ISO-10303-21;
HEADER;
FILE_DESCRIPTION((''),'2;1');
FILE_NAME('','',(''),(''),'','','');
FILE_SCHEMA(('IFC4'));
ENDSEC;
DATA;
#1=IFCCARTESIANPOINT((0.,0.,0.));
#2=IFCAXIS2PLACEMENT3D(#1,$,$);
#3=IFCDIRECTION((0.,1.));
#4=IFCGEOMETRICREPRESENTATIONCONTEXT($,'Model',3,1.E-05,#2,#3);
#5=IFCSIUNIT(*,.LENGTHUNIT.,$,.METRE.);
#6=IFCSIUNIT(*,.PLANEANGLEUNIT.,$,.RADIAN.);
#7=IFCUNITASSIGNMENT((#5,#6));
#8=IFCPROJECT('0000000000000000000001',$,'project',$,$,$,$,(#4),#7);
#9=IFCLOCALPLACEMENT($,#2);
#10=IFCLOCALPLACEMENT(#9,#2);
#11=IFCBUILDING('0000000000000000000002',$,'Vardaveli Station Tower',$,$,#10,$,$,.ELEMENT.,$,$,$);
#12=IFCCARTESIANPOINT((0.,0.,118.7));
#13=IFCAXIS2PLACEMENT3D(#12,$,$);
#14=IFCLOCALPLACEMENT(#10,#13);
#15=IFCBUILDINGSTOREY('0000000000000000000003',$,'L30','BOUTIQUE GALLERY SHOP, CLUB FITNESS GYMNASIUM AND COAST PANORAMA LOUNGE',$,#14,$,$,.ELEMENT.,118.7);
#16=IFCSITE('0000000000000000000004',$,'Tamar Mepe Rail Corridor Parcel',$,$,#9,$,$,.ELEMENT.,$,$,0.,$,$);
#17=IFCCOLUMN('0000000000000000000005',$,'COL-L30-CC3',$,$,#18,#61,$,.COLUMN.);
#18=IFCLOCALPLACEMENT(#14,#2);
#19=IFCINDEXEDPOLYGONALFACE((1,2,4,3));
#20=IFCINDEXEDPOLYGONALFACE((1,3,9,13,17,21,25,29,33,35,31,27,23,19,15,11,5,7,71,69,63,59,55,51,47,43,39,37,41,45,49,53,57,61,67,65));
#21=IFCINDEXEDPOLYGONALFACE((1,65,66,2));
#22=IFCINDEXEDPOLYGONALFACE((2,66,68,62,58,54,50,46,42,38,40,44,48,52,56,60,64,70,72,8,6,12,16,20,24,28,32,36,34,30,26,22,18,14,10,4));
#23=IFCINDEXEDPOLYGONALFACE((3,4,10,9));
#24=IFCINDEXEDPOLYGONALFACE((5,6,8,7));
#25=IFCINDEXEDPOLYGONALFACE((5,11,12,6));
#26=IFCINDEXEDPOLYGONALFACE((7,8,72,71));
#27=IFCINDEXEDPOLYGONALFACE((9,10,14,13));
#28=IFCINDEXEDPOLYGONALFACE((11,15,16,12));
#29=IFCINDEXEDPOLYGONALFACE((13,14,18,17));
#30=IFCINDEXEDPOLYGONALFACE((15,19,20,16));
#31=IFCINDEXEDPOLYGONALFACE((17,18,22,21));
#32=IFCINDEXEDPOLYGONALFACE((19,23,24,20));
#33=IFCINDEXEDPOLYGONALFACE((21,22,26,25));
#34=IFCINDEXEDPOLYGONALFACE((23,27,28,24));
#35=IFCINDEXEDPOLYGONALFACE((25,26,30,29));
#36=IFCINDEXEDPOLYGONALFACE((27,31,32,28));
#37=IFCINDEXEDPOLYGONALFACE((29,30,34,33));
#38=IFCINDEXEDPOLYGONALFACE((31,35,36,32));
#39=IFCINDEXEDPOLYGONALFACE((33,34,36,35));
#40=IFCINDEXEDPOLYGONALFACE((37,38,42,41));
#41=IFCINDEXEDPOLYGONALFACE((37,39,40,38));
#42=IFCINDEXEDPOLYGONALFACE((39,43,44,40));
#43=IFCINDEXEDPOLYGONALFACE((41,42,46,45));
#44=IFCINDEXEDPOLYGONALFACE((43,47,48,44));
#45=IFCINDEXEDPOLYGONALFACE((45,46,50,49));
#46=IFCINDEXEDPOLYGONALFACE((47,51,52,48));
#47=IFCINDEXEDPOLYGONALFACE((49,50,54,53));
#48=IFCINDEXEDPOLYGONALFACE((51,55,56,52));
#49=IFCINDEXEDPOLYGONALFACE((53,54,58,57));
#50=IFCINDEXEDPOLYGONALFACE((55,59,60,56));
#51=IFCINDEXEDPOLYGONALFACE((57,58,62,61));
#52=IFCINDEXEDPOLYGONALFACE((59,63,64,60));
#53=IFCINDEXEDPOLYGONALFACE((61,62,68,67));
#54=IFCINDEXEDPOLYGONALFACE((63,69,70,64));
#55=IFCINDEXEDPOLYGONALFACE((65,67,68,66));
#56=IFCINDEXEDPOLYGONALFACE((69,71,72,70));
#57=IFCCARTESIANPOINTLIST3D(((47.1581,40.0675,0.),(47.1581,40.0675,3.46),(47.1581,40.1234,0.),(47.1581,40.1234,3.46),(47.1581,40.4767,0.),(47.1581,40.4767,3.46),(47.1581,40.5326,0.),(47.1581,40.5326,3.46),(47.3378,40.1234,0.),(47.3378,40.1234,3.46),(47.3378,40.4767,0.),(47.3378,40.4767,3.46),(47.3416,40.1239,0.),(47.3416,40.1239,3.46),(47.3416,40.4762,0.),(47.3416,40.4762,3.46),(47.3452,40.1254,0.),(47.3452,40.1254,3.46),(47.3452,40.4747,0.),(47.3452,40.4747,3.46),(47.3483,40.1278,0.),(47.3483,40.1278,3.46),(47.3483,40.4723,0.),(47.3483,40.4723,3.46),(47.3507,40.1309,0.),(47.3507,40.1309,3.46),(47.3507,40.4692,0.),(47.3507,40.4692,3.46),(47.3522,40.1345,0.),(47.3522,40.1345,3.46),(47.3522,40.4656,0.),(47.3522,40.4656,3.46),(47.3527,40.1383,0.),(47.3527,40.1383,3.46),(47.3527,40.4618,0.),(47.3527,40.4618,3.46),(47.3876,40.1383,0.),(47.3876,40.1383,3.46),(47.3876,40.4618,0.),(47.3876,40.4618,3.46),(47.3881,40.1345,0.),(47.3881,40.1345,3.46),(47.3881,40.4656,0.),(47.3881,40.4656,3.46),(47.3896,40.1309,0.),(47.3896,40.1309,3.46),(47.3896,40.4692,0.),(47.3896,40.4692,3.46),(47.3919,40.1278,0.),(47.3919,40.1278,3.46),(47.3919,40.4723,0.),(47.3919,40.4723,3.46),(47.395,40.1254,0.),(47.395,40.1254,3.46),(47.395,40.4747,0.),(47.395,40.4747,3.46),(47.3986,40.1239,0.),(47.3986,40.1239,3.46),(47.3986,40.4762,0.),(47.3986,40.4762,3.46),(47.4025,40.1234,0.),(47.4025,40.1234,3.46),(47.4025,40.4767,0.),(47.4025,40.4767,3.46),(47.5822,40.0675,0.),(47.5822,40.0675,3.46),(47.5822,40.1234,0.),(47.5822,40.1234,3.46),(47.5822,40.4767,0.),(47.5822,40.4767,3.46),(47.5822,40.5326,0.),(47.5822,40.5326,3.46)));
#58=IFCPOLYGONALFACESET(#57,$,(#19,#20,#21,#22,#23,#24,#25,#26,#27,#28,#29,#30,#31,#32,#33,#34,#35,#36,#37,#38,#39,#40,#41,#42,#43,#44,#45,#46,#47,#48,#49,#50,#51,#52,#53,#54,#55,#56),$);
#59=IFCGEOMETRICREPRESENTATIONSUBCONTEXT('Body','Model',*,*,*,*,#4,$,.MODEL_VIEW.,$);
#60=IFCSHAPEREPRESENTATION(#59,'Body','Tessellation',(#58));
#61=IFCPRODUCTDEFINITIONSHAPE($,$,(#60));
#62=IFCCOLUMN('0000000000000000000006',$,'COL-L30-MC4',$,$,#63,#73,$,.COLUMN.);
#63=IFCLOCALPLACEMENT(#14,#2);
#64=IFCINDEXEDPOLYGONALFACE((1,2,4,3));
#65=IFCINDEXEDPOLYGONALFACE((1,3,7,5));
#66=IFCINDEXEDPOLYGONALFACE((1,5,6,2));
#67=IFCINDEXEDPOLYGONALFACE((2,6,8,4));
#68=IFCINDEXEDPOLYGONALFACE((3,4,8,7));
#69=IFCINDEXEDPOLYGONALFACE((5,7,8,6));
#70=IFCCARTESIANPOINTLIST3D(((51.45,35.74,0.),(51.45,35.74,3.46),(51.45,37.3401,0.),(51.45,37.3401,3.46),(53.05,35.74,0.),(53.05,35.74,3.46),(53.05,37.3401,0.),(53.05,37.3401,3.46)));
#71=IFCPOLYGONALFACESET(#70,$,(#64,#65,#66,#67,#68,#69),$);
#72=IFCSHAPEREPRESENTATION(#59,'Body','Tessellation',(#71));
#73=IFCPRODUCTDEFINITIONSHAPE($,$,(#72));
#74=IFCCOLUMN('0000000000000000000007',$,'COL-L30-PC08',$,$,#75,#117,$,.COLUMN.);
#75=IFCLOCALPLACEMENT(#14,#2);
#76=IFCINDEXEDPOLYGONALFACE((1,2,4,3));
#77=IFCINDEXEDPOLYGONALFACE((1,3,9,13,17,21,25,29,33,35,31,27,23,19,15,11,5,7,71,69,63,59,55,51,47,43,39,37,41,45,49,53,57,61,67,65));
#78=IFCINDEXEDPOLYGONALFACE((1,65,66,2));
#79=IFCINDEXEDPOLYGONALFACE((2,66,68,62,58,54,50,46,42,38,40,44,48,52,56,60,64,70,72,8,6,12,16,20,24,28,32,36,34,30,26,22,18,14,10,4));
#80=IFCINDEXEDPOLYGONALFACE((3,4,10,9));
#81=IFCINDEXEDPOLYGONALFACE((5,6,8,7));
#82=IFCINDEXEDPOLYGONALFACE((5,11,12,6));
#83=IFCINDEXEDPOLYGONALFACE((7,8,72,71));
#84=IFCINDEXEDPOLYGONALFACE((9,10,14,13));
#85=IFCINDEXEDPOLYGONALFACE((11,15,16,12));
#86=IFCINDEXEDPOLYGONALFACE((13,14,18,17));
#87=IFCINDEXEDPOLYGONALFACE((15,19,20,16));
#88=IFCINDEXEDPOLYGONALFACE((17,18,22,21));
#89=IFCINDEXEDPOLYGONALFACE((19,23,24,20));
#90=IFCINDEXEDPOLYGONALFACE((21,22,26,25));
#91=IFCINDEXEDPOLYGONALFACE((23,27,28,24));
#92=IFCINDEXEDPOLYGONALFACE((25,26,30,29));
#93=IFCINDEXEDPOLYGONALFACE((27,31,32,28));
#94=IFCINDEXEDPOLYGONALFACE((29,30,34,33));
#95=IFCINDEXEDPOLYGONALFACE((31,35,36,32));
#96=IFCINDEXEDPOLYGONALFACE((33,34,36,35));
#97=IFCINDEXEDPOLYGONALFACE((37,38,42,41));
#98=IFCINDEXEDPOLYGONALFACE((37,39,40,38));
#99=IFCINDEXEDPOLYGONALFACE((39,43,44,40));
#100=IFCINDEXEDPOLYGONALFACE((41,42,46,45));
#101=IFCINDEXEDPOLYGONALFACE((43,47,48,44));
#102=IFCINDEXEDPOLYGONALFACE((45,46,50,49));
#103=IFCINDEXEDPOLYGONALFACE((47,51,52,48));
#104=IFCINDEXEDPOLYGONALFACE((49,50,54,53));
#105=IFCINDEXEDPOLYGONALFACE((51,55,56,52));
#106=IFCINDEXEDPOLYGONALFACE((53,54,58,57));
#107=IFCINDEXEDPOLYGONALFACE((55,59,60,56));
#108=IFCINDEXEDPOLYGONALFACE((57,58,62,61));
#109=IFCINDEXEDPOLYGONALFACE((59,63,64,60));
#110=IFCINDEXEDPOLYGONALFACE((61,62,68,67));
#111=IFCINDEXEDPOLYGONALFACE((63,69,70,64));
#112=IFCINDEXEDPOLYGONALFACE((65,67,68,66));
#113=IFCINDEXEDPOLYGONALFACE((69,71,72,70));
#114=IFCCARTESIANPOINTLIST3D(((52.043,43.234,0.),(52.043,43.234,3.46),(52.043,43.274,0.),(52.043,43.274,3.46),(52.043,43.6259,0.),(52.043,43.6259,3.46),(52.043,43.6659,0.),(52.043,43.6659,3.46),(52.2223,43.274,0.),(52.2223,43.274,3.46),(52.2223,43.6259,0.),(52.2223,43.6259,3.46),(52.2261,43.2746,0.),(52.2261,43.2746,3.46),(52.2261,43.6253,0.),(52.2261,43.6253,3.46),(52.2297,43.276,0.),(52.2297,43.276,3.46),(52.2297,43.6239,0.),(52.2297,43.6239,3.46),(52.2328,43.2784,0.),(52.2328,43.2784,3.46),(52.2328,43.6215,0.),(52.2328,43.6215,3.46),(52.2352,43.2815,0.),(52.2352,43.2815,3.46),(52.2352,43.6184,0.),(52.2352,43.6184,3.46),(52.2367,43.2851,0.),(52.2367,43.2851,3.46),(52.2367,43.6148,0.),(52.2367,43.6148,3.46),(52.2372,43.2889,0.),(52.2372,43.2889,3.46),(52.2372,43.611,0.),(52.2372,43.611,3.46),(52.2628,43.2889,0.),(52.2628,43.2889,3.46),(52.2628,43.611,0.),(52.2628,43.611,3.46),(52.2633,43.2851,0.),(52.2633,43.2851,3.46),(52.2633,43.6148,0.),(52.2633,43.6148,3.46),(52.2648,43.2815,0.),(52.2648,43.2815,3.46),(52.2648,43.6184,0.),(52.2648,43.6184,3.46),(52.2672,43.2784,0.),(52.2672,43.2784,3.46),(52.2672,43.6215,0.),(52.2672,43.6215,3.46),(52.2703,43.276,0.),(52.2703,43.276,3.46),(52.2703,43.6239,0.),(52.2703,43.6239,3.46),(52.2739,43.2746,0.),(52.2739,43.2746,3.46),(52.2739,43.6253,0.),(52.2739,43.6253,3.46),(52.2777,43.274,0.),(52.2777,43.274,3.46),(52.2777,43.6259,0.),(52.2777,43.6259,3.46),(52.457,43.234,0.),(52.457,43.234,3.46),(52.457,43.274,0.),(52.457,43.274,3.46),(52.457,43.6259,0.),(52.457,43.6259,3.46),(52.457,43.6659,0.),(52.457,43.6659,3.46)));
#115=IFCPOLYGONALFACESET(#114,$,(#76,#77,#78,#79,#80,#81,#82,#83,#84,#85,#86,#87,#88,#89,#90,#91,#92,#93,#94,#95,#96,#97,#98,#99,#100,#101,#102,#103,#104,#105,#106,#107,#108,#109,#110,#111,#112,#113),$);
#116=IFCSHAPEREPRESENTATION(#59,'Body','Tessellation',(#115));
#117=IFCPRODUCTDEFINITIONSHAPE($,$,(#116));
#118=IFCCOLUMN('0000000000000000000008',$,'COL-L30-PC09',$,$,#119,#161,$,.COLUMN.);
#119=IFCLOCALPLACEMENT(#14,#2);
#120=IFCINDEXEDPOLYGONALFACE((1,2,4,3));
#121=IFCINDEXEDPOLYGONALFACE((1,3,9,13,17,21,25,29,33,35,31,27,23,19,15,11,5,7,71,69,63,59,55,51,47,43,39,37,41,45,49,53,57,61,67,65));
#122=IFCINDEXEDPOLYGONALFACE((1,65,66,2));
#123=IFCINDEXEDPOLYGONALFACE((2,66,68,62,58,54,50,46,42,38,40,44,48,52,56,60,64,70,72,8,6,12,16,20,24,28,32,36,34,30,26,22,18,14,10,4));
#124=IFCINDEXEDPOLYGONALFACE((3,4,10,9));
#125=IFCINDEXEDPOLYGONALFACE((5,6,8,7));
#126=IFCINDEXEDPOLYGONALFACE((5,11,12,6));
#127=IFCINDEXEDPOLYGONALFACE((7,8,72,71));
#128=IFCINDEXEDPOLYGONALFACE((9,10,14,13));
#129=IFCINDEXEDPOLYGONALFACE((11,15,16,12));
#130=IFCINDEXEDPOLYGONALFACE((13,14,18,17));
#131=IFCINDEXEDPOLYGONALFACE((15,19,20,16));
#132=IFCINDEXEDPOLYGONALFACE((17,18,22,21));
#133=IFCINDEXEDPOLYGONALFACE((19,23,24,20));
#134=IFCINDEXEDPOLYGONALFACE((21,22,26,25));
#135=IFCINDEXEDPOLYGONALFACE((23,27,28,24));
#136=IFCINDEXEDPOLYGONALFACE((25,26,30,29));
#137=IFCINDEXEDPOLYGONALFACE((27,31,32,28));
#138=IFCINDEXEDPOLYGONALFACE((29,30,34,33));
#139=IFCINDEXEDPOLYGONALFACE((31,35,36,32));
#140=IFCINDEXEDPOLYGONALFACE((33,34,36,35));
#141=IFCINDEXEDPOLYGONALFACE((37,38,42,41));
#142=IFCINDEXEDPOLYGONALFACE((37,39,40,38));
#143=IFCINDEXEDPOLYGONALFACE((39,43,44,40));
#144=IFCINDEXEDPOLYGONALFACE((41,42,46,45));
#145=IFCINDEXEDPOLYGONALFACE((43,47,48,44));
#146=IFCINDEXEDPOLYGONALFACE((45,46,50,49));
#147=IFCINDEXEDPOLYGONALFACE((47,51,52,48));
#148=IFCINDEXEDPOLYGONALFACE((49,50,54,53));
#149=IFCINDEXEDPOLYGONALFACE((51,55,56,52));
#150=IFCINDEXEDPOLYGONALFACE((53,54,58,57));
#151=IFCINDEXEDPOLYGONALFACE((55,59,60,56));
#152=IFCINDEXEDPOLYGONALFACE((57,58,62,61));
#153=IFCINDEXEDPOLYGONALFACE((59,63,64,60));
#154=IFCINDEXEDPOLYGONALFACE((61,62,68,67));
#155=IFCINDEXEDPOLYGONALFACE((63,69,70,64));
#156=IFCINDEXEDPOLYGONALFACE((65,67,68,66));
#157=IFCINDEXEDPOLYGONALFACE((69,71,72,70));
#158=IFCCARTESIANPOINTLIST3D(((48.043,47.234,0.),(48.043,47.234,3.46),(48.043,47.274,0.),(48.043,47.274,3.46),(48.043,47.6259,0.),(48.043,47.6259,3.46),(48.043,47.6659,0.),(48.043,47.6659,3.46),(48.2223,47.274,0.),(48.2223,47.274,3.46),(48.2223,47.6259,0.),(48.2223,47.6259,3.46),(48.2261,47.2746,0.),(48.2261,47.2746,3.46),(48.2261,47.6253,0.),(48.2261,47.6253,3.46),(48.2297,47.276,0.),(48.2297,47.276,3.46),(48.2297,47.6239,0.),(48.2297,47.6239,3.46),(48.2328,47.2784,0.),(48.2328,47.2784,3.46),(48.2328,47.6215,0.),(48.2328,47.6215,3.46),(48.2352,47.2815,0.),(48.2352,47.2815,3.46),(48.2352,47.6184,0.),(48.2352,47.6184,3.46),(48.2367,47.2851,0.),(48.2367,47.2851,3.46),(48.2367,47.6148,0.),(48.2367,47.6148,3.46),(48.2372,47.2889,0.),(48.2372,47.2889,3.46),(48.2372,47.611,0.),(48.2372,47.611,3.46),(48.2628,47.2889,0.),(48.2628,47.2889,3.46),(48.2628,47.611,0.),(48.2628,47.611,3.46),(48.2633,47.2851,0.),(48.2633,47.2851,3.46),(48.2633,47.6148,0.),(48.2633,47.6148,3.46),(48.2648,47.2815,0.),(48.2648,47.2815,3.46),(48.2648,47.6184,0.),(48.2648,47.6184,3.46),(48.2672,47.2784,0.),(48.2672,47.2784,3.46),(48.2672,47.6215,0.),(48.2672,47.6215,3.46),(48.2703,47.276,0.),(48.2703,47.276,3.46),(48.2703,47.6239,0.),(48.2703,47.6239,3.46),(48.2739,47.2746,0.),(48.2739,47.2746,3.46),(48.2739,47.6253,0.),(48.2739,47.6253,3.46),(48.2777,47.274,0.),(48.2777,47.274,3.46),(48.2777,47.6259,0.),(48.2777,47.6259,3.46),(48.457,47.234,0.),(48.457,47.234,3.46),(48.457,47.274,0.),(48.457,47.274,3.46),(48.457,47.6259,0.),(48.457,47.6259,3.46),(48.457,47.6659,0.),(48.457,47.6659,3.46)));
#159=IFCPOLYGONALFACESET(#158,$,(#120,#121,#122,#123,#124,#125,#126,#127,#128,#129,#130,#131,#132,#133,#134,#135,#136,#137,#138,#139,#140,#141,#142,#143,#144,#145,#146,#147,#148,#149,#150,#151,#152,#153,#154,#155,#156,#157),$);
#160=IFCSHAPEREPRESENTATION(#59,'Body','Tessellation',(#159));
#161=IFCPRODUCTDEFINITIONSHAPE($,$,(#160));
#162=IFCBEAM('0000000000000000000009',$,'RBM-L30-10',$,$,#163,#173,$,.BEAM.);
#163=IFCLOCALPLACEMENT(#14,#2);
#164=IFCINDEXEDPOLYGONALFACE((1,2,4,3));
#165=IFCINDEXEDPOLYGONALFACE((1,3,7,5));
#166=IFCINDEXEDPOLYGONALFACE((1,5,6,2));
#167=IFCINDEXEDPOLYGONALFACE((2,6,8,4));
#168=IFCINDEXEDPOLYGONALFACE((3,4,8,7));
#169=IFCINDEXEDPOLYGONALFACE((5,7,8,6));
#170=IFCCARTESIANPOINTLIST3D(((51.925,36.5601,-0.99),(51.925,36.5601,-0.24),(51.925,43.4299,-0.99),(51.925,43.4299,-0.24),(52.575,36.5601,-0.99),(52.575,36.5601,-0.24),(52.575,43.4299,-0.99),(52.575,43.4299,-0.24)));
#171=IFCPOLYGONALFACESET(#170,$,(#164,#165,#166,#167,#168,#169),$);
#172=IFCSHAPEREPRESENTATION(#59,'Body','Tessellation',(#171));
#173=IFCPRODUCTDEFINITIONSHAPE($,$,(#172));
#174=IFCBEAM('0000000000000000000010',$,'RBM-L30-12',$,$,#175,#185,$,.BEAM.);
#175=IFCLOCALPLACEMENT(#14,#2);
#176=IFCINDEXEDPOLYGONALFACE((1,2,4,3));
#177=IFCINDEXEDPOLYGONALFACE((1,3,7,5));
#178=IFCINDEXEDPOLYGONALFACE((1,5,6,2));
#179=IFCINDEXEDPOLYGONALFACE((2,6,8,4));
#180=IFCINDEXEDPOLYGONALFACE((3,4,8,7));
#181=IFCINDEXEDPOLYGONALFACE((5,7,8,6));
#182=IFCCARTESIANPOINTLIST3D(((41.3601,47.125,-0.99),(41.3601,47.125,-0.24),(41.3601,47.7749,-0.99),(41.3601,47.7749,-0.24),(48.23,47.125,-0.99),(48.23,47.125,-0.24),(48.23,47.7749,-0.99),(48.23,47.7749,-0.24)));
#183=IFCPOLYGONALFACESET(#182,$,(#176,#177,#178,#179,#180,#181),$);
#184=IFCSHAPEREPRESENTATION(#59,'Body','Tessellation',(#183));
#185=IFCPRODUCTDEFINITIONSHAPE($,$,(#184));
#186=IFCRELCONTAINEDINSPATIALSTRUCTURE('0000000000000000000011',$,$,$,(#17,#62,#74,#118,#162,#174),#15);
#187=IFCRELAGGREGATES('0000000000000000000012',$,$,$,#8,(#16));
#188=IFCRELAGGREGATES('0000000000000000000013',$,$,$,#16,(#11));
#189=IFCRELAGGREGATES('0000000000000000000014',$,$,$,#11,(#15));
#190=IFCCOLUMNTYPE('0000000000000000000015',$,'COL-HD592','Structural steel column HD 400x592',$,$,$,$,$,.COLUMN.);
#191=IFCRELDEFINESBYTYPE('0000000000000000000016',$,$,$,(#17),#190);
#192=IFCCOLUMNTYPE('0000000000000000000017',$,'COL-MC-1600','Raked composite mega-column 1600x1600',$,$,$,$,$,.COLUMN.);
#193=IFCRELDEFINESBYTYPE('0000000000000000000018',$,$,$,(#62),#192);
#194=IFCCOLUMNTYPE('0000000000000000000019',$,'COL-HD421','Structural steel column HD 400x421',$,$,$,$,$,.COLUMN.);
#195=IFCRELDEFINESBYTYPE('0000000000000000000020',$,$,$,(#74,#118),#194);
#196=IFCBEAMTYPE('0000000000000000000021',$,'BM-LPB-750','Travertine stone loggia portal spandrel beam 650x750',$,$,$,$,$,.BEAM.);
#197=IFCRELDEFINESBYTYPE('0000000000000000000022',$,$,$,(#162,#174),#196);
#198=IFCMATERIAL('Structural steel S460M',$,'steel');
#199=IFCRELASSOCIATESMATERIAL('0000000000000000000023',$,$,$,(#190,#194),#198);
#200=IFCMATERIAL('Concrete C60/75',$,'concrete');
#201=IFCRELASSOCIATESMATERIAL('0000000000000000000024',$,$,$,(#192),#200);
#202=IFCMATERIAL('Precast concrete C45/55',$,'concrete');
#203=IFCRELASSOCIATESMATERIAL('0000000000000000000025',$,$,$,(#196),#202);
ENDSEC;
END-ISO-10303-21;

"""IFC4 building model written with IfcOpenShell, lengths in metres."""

from ifc_helpers import new_model, si_unit, direction, frame, origin, origin_2d, place, context, subcontext, project, spatial, rectangle, i_section, extrude, source, transform, mapped, material, material_profile, profile_set, type_object, element, save


model = new_model("IFC4")

# Units and contexts
model_context = context("Model", 3, precision=1e-05, world=origin(), true_north=direction((0.0, 1.0)))
body_context = subcontext(model_context, "Body", "Model", "MODEL_VIEW")
ifc_project = project(units=[si_unit("LENGTHUNIT", "METRE"), si_unit("PLANEANGLEUNIT", "RADIAN")], contexts=[model_context])

# Site, building, storey
site_placement = place(None, origin())
site = spatial("IfcSite", under=ifc_project, at=site_placement, Name="Tamar Mepe Rail Corridor Parcel", CompositionType="ELEMENT", RefElevation=0.0)
building_placement = place(site_placement, origin())
building = spatial("IfcBuilding", under=site, at=building_placement, Name="Vardaveli Station Tower", CompositionType="ELEMENT")
storey_placement = place(building_placement, frame((0.0, 0.0, 118.7)))
storey = spatial("IfcBuildingStorey", under=building, at=storey_placement, Name="L30", Description="BOUTIQUE GALLERY SHOP, CLUB FITNESS GYMNASIUM AND COAST PANORAMA LOUNGE", CompositionType="ELEMENT", Elevation=118.7)

# Columns
ifc_material_1 = material(Name="Structural steel S460M", Category="steel")
ifc_material_profile_1 = material_profile(ifc_material_1, i_section(OverallWidth=0.4241, OverallDepth=0.4651, WebThickness=0.0349, FlangeThickness=0.0559, FilletRadius=0.0149, at=origin_2d()), Name="HD 400x592")
ifc_profile_set_1 = profile_set([ifc_material_profile_1], Name="Structural steel S460M")
column_type_1 = type_object("IfcColumnType", Name="COL-HD592", Description="Structural steel column HD 400x592", PredefinedType="COLUMN", material=ifc_profile_set_1)
shared_shape_1 = source(origin(), body_context, "Body", "SweptSolid", [
    extrude(i_section(OverallWidth=0.4241, OverallDepth=0.4651, WebThickness=0.0349, FlangeThickness=0.0559, FilletRadius=0.0149, at=origin_2d()), origin(), (0.0, 0.0, 1.0), 3.46),
])
column_1_placement = place(storey_placement, frame((47.3701, 40.3, 0.0), z_axis=(0.0, 0.0, 1.0), x_axis=(1.0, 0.0, 0.0)))
element("IfcColumn", 1, at=column_1_placement, inside=storey, type_object=column_type_1, Name="COL-L30-CC3", PredefinedType="COLUMN", context=body_context, shape_type="MappedRepresentation", body=[
    mapped(shared_shape_1, transform((0.0, 0.0, 0.0), scale=1.0)),
])
ifc_material_2 = material(Name="Concrete C60/75", Category="concrete")
ifc_material_profile_2 = material_profile(ifc_material_2, rectangle(XDim=1.6001, YDim=1.6001, at=origin_2d()), Name="MC 1600x1600")
ifc_profile_set_2 = profile_set([ifc_material_profile_2], Name="Concrete C60/75")
column_type_2 = type_object("IfcColumnType", Name="COL-MC-1600", Description="Raked composite mega-column 1600x1600", PredefinedType="COLUMN", material=ifc_profile_set_2)
shared_shape_2 = source(origin(), body_context, "Body", "SweptSolid", [
    extrude(rectangle(XDim=1.6001, YDim=1.6001, at=origin_2d()), origin(), (0.0, 0.0, 1.0), 3.46),
])
column_2_placement = place(storey_placement, frame((52.25, 36.54, 0.0), z_axis=(0.0, 0.0, 1.0), x_axis=(1.0, 0.0, 0.0)))
element("IfcColumn", 2, at=column_2_placement, inside=storey, type_object=column_type_2, Name="COL-L30-MC4", PredefinedType="COLUMN", context=body_context, shape_type="MappedRepresentation", body=[
    mapped(shared_shape_2, transform((0.0, 0.0, 0.0), scale=1.0)),
])
ifc_material_profile_3 = material_profile(ifc_material_1, i_section(OverallWidth=0.4141, OverallDepth=0.4319, WebThickness=0.0256, FlangeThickness=0.04, FilletRadius=0.0149, at=origin_2d()), Name="HD 400x421")
ifc_profile_set_3 = profile_set([ifc_material_profile_3], Name="Structural steel S460M")
column_type_3 = type_object("IfcColumnType", Name="COL-HD421", Description="Structural steel column HD 400x421", PredefinedType="COLUMN", material=ifc_profile_set_3)
shared_shape_3 = source(origin(), body_context, "Body", "SweptSolid", [
    extrude(i_section(OverallWidth=0.4141, OverallDepth=0.4319, WebThickness=0.0256, FlangeThickness=0.04, FilletRadius=0.0149, at=origin_2d()), origin(), (0.0, 0.0, 1.0), 3.46),
])
for number, where, z_axis, x_axis, name in (
    (3, (52.25, 43.45, 0.0), (0.0, 0.0, 1.0), (1.0, 0.0, 0.0), "COL-L30-PC08"),
    (4, (48.25, 47.45, 0.0), (0.0, 0.0, 1.0), (1.0, 0.0, 0.0), "COL-L30-PC09"),
):
    element("IfcColumn", number, at=place(storey_placement, frame(where, z_axis=z_axis, x_axis=x_axis)), inside=storey, type_object=column_type_3, Name=name, PredefinedType="COLUMN", context=body_context, shape_type="MappedRepresentation", body=[
        mapped(shared_shape_3, transform((0.0, 0.0, 0.0), scale=1.0)),
    ])

# Beams
ifc_material_3 = material(Name="Precast concrete C45/55", Category="concrete")
ifc_material_profile_4 = material_profile(ifc_material_3, rectangle(XDim=0.6499, YDim=0.75, at=origin_2d()), Name="LPB 650x750")
ifc_profile_set_4 = profile_set([ifc_material_profile_4], Name="Precast concrete C45/55")
beam_type = type_object("IfcBeamType", Name="BM-LPB-750", Description="Travertine stone loggia portal spandrel beam 650x750", PredefinedType="BEAM", material=ifc_profile_set_4)
shared_shape_4 = source(origin(), body_context, "Body", "SweptSolid", [
    extrude(rectangle(XDim=0.6499, YDim=0.75, at=origin_2d()), origin(), (0.0, 0.0, 1.0), 6.8699),
])
for number, where, z_axis, x_axis, name in (
    (5, (52.25, 36.5601, -0.615), (0.0, 1.0, 0.0), (-1.0, 0.0, 0.0), "RBM-L30-10"),
    (6, (48.23, 47.45, -0.615), (-1.0, 0.0, 0.0), (0.0, -1.0, 0.0), "RBM-L30-12"),
):
    element("IfcBeam", number, at=place(storey_placement, frame(where, z_axis=z_axis, x_axis=x_axis)), inside=storey, type_object=beam_type, Name=name, PredefinedType="BEAM", context=body_context, shape_type="MappedRepresentation", body=[
        mapped(shared_shape_4, transform((0.0, 0.0, 0.0), scale=1.0)),
    ])

save(model, "model.ifc")
